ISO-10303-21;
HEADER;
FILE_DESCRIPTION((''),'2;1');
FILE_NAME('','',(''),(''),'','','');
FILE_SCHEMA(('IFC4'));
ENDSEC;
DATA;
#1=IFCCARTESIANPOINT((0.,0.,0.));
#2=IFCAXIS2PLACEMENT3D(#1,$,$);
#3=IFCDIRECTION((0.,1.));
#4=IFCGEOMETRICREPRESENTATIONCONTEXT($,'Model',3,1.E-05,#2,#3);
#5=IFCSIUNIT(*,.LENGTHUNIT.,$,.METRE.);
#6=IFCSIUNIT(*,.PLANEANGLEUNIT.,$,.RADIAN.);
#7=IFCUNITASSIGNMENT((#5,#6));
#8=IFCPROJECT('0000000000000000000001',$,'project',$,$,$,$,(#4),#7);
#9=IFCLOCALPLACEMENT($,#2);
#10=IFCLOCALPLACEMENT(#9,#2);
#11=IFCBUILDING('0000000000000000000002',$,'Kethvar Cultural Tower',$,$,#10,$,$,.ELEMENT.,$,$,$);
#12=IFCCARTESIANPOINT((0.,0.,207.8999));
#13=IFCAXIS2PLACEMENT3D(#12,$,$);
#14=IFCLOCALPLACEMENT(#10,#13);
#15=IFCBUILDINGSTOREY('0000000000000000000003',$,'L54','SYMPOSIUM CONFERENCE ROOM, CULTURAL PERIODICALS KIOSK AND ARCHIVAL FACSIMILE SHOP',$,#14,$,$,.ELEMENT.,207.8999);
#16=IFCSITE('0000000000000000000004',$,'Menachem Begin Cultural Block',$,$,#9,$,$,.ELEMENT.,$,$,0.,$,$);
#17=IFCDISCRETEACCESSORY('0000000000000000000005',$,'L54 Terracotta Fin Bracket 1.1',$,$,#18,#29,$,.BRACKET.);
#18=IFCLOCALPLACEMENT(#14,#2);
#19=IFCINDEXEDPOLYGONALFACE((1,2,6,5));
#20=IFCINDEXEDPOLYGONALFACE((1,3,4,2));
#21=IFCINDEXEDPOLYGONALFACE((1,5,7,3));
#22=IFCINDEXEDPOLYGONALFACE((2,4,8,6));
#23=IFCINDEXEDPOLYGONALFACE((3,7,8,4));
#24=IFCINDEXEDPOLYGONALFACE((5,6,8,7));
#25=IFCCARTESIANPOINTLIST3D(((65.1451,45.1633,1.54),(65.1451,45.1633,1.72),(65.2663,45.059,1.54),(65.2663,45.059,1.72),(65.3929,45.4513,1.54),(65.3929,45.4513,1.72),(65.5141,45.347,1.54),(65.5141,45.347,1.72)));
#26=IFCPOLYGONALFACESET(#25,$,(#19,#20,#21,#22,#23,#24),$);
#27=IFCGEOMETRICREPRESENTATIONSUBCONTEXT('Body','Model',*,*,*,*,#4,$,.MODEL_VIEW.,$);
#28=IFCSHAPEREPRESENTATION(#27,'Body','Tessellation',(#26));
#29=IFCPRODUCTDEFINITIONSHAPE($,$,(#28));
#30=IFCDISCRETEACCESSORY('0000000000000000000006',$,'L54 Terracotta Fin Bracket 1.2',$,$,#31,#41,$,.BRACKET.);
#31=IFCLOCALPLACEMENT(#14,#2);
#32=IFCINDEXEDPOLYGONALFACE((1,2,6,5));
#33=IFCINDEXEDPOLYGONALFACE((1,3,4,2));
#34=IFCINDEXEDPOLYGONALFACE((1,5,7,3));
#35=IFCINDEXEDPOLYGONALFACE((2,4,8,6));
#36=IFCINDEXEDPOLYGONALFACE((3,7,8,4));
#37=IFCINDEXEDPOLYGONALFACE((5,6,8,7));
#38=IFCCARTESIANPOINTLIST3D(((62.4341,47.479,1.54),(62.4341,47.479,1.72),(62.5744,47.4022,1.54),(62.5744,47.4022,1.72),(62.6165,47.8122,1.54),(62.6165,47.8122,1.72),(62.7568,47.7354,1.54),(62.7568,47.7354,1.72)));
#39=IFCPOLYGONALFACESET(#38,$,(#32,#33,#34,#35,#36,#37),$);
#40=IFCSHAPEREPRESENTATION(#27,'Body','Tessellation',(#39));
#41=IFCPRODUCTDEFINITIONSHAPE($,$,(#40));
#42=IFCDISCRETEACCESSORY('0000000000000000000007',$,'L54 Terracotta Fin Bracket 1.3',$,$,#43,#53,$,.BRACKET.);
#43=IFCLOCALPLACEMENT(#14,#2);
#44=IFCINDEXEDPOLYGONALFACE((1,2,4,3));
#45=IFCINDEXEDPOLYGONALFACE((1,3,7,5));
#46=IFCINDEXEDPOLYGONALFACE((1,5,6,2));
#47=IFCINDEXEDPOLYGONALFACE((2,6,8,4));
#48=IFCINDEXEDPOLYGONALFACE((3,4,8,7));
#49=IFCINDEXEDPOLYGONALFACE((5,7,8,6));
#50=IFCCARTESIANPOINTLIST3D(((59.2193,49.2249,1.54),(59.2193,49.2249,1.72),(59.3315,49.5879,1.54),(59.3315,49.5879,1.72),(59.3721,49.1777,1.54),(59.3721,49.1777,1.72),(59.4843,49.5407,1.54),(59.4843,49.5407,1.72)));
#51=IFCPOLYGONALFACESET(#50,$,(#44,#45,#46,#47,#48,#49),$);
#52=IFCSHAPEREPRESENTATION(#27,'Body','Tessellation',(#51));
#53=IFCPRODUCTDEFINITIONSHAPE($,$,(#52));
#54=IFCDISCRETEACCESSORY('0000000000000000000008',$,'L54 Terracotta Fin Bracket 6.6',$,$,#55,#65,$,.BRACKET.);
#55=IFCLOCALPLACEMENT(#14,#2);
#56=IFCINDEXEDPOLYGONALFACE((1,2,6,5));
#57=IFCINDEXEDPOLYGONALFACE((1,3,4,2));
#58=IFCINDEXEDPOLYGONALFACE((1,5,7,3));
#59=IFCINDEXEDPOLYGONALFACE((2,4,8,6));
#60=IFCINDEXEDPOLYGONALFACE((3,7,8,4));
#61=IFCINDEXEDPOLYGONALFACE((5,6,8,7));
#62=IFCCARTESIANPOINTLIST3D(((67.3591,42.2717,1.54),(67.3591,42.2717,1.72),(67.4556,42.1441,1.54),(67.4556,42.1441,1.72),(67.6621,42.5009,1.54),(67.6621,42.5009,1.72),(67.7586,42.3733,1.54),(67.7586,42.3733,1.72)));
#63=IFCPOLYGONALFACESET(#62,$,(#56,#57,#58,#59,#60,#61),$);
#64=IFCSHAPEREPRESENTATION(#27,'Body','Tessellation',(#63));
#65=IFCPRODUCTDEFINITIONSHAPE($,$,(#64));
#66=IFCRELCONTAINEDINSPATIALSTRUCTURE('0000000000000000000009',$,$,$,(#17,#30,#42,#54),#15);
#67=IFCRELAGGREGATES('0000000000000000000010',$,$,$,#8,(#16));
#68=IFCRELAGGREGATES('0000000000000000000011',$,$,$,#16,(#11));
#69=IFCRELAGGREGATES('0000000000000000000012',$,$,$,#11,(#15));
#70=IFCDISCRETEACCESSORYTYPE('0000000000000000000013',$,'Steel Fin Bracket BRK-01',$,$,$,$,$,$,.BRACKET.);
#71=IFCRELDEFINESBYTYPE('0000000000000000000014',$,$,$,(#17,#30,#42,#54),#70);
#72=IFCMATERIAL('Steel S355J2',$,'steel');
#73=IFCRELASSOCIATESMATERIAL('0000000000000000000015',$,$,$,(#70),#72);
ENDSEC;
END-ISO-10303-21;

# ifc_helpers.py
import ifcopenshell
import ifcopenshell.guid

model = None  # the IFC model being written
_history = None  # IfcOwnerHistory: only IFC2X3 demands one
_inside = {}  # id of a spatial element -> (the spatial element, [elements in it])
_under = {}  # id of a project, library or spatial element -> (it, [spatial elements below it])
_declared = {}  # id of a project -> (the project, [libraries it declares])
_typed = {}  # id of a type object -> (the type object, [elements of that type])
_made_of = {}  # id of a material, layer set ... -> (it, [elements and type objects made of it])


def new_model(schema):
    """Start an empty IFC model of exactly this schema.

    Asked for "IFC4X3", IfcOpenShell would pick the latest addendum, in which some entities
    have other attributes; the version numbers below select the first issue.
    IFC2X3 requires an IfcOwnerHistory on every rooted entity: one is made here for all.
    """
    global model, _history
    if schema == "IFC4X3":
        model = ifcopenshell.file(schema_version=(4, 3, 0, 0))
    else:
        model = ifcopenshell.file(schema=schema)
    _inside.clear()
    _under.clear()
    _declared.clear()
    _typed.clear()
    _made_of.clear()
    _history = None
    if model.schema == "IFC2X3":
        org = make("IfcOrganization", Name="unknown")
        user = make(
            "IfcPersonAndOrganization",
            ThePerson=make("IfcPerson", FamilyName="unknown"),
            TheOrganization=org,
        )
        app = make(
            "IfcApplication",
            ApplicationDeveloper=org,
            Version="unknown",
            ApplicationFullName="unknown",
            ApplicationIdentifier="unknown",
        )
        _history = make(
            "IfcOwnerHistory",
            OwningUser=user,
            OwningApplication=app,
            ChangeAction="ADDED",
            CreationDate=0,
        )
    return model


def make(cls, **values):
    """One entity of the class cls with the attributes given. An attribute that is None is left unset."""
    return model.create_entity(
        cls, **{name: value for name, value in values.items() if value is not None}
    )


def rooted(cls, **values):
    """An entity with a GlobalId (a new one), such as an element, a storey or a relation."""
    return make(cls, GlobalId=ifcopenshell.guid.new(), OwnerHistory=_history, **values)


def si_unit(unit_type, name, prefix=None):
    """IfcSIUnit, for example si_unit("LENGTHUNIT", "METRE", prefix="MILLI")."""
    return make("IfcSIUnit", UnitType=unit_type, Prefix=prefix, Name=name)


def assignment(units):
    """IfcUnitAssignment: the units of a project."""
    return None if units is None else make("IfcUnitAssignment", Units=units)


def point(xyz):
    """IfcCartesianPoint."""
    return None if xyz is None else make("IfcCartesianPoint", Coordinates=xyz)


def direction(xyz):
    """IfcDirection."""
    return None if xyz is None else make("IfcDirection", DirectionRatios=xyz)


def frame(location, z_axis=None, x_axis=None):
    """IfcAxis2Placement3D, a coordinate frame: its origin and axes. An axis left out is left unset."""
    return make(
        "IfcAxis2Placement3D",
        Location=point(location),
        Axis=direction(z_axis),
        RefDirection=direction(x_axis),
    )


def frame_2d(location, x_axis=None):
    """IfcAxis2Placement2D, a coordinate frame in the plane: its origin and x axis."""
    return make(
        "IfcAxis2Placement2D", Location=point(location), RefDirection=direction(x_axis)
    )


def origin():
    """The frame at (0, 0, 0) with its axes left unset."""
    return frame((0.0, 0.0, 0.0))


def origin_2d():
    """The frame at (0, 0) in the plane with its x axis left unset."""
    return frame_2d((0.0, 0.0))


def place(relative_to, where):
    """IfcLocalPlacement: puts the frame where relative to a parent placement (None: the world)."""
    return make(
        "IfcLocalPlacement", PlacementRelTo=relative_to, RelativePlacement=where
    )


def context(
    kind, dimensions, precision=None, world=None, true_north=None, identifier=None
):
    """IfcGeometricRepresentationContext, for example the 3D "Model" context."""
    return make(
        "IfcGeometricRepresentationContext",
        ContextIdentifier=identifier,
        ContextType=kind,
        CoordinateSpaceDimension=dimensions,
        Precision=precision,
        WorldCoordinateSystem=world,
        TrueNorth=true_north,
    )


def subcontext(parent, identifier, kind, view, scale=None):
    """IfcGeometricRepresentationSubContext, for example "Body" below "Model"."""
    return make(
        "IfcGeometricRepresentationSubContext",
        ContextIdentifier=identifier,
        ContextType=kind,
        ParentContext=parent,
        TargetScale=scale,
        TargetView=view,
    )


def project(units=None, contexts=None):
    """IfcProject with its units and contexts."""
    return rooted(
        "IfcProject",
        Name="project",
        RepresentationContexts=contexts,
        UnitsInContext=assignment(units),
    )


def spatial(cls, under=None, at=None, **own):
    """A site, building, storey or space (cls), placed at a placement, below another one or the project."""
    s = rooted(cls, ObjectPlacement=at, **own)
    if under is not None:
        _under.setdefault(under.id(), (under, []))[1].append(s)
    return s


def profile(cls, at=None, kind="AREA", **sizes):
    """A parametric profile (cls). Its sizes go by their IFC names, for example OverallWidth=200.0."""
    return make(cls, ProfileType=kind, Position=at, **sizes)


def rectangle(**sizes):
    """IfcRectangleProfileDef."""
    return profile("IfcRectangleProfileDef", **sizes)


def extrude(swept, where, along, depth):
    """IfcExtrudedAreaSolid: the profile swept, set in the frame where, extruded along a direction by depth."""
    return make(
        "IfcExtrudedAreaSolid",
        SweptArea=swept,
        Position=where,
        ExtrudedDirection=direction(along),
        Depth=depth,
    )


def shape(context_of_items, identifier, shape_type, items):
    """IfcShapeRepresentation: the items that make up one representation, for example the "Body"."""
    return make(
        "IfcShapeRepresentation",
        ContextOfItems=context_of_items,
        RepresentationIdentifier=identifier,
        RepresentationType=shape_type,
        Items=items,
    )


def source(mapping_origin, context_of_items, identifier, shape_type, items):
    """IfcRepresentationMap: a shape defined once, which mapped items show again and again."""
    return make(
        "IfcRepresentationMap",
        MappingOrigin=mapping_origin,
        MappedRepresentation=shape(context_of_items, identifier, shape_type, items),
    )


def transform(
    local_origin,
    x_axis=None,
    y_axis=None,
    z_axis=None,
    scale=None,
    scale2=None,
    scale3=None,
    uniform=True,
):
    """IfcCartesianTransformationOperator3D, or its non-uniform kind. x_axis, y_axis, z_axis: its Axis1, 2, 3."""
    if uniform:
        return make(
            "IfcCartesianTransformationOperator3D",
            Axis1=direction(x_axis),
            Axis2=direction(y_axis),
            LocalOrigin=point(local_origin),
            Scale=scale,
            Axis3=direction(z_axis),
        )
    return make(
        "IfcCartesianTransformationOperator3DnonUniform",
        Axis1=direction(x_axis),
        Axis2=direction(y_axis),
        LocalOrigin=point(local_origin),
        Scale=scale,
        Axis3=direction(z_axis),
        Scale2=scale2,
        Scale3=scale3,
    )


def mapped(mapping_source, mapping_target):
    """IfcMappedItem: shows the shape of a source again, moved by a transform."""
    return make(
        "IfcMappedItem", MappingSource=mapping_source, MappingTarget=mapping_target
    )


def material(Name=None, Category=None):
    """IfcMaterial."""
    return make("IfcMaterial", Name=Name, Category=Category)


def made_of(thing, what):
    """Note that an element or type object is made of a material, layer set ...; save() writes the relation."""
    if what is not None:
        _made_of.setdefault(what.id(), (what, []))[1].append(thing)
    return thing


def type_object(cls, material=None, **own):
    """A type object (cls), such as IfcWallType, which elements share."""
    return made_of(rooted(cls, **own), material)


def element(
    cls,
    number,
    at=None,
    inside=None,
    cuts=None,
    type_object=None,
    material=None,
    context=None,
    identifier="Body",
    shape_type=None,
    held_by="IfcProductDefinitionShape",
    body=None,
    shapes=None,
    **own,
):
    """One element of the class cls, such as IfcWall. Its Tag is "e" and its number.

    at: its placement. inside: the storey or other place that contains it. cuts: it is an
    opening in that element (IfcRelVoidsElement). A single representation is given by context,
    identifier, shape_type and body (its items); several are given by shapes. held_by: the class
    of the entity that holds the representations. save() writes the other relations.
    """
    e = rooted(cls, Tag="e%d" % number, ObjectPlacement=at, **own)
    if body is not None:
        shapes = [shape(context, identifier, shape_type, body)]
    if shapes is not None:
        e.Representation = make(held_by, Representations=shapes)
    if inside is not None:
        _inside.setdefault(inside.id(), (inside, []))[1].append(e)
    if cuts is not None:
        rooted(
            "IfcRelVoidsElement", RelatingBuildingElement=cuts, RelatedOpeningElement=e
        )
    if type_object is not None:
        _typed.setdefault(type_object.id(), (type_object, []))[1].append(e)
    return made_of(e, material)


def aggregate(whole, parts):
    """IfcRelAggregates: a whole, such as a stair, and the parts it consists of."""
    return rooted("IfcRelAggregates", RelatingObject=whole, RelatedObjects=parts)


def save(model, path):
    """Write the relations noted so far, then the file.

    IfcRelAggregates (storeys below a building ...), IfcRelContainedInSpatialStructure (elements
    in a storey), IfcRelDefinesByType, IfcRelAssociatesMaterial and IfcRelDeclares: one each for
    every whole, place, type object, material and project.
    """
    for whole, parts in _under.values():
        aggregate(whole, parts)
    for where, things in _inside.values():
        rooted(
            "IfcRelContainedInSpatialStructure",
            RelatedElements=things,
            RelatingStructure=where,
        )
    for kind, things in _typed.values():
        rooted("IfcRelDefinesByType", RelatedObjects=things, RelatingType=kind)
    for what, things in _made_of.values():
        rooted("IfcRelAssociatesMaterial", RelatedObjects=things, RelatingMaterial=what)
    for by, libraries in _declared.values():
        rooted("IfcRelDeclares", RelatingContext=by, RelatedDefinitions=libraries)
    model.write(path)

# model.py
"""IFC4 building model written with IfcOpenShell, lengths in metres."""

from ifc_helpers import new_model, si_unit, direction, frame, origin, origin_2d, place, context, subcontext, project, spatial, rectangle, extrude, source, transform, mapped, material, type_object, element, save


model = new_model("IFC4")

# Units and contexts
model_context = context("Model", 3, precision=1e-05, world=origin(), true_north=direction((0.0, 1.0)))
body_context = subcontext(model_context, "Body", "Model", "MODEL_VIEW")
ifc_project = project(units=[si_unit("LENGTHUNIT", "METRE"), si_unit("PLANEANGLEUNIT", "RADIAN")], contexts=[model_context])

# Site, building, storey
site_placement = place(None, origin())
site = spatial("IfcSite", under=ifc_project, at=site_placement, Name="Menachem Begin Cultural Block", CompositionType="ELEMENT", RefElevation=0.0)
building_placement = place(site_placement, origin())
building = spatial("IfcBuilding", under=site, at=building_placement, Name="Kethvar Cultural Tower", CompositionType="ELEMENT")
storey_placement = place(building_placement, frame((0.0, 0.0, 207.8999)))
storey = spatial("IfcBuildingStorey", under=building, at=storey_placement, Name="L54", Description="SYMPOSIUM CONFERENCE ROOM, CULTURAL PERIODICALS KIOSK AND ARCHIVAL FACSIMILE SHOP", CompositionType="ELEMENT", Elevation=207.8999)

# Shared definitions
ifc_material_1 = material(Name="Steel S355J2", Category="steel")

# Discrete accessories
discrete_accessory_type = type_object("IfcDiscreteAccessoryType", Name="Steel Fin Bracket BRK-01", PredefinedType="BRACKET", material=ifc_material_1)
shared_shape_1 = source(origin(), body_context, "Body", "SweptSolid", [
    extrude(rectangle(XDim=0.3799, YDim=0.1599, at=origin_2d()), origin(), (0.0, 0.0, 1.0), 0.1799),
])
for number, where, z_axis, x_axis, name in (
    (1, (65.3296, 45.2551, 1.54), (0.0, 0.0, 1.0), (0.652231, 0.758021, 0.0), "L54 Terracotta Fin Bracket 1.1"),
    (2, (62.5955, 47.6072, 1.54), (0.0, 0.0, 1.0), (0.480223, 0.877146, 0.0), "L54 Terracotta Fin Bracket 1.2"),
    (3, (59.3518, 49.3828, 1.54), (0.0, 0.0, 1.0), (0.295208, 0.955433, 0.0), "L54 Terracotta Fin Bracket 1.3"),
    (4, (67.5588, 42.3225, 1.54), (0.0, 0.0, 1.0), (0.797479, 0.603347, 0.0), "L54 Terracotta Fin Bracket 6.6"),
):
    element("IfcDiscreteAccessory", number, at=place(storey_placement, frame(where, z_axis=z_axis, x_axis=x_axis)), inside=storey, type_object=discrete_accessory_type, Name=name, PredefinedType="BRACKET", context=body_context, shape_type="MappedRepresentation", body=[
        mapped(shared_shape_1, transform((0.0, 0.0, 0.0), scale=1.0)),
    ])

save(model, "model.ifc")
